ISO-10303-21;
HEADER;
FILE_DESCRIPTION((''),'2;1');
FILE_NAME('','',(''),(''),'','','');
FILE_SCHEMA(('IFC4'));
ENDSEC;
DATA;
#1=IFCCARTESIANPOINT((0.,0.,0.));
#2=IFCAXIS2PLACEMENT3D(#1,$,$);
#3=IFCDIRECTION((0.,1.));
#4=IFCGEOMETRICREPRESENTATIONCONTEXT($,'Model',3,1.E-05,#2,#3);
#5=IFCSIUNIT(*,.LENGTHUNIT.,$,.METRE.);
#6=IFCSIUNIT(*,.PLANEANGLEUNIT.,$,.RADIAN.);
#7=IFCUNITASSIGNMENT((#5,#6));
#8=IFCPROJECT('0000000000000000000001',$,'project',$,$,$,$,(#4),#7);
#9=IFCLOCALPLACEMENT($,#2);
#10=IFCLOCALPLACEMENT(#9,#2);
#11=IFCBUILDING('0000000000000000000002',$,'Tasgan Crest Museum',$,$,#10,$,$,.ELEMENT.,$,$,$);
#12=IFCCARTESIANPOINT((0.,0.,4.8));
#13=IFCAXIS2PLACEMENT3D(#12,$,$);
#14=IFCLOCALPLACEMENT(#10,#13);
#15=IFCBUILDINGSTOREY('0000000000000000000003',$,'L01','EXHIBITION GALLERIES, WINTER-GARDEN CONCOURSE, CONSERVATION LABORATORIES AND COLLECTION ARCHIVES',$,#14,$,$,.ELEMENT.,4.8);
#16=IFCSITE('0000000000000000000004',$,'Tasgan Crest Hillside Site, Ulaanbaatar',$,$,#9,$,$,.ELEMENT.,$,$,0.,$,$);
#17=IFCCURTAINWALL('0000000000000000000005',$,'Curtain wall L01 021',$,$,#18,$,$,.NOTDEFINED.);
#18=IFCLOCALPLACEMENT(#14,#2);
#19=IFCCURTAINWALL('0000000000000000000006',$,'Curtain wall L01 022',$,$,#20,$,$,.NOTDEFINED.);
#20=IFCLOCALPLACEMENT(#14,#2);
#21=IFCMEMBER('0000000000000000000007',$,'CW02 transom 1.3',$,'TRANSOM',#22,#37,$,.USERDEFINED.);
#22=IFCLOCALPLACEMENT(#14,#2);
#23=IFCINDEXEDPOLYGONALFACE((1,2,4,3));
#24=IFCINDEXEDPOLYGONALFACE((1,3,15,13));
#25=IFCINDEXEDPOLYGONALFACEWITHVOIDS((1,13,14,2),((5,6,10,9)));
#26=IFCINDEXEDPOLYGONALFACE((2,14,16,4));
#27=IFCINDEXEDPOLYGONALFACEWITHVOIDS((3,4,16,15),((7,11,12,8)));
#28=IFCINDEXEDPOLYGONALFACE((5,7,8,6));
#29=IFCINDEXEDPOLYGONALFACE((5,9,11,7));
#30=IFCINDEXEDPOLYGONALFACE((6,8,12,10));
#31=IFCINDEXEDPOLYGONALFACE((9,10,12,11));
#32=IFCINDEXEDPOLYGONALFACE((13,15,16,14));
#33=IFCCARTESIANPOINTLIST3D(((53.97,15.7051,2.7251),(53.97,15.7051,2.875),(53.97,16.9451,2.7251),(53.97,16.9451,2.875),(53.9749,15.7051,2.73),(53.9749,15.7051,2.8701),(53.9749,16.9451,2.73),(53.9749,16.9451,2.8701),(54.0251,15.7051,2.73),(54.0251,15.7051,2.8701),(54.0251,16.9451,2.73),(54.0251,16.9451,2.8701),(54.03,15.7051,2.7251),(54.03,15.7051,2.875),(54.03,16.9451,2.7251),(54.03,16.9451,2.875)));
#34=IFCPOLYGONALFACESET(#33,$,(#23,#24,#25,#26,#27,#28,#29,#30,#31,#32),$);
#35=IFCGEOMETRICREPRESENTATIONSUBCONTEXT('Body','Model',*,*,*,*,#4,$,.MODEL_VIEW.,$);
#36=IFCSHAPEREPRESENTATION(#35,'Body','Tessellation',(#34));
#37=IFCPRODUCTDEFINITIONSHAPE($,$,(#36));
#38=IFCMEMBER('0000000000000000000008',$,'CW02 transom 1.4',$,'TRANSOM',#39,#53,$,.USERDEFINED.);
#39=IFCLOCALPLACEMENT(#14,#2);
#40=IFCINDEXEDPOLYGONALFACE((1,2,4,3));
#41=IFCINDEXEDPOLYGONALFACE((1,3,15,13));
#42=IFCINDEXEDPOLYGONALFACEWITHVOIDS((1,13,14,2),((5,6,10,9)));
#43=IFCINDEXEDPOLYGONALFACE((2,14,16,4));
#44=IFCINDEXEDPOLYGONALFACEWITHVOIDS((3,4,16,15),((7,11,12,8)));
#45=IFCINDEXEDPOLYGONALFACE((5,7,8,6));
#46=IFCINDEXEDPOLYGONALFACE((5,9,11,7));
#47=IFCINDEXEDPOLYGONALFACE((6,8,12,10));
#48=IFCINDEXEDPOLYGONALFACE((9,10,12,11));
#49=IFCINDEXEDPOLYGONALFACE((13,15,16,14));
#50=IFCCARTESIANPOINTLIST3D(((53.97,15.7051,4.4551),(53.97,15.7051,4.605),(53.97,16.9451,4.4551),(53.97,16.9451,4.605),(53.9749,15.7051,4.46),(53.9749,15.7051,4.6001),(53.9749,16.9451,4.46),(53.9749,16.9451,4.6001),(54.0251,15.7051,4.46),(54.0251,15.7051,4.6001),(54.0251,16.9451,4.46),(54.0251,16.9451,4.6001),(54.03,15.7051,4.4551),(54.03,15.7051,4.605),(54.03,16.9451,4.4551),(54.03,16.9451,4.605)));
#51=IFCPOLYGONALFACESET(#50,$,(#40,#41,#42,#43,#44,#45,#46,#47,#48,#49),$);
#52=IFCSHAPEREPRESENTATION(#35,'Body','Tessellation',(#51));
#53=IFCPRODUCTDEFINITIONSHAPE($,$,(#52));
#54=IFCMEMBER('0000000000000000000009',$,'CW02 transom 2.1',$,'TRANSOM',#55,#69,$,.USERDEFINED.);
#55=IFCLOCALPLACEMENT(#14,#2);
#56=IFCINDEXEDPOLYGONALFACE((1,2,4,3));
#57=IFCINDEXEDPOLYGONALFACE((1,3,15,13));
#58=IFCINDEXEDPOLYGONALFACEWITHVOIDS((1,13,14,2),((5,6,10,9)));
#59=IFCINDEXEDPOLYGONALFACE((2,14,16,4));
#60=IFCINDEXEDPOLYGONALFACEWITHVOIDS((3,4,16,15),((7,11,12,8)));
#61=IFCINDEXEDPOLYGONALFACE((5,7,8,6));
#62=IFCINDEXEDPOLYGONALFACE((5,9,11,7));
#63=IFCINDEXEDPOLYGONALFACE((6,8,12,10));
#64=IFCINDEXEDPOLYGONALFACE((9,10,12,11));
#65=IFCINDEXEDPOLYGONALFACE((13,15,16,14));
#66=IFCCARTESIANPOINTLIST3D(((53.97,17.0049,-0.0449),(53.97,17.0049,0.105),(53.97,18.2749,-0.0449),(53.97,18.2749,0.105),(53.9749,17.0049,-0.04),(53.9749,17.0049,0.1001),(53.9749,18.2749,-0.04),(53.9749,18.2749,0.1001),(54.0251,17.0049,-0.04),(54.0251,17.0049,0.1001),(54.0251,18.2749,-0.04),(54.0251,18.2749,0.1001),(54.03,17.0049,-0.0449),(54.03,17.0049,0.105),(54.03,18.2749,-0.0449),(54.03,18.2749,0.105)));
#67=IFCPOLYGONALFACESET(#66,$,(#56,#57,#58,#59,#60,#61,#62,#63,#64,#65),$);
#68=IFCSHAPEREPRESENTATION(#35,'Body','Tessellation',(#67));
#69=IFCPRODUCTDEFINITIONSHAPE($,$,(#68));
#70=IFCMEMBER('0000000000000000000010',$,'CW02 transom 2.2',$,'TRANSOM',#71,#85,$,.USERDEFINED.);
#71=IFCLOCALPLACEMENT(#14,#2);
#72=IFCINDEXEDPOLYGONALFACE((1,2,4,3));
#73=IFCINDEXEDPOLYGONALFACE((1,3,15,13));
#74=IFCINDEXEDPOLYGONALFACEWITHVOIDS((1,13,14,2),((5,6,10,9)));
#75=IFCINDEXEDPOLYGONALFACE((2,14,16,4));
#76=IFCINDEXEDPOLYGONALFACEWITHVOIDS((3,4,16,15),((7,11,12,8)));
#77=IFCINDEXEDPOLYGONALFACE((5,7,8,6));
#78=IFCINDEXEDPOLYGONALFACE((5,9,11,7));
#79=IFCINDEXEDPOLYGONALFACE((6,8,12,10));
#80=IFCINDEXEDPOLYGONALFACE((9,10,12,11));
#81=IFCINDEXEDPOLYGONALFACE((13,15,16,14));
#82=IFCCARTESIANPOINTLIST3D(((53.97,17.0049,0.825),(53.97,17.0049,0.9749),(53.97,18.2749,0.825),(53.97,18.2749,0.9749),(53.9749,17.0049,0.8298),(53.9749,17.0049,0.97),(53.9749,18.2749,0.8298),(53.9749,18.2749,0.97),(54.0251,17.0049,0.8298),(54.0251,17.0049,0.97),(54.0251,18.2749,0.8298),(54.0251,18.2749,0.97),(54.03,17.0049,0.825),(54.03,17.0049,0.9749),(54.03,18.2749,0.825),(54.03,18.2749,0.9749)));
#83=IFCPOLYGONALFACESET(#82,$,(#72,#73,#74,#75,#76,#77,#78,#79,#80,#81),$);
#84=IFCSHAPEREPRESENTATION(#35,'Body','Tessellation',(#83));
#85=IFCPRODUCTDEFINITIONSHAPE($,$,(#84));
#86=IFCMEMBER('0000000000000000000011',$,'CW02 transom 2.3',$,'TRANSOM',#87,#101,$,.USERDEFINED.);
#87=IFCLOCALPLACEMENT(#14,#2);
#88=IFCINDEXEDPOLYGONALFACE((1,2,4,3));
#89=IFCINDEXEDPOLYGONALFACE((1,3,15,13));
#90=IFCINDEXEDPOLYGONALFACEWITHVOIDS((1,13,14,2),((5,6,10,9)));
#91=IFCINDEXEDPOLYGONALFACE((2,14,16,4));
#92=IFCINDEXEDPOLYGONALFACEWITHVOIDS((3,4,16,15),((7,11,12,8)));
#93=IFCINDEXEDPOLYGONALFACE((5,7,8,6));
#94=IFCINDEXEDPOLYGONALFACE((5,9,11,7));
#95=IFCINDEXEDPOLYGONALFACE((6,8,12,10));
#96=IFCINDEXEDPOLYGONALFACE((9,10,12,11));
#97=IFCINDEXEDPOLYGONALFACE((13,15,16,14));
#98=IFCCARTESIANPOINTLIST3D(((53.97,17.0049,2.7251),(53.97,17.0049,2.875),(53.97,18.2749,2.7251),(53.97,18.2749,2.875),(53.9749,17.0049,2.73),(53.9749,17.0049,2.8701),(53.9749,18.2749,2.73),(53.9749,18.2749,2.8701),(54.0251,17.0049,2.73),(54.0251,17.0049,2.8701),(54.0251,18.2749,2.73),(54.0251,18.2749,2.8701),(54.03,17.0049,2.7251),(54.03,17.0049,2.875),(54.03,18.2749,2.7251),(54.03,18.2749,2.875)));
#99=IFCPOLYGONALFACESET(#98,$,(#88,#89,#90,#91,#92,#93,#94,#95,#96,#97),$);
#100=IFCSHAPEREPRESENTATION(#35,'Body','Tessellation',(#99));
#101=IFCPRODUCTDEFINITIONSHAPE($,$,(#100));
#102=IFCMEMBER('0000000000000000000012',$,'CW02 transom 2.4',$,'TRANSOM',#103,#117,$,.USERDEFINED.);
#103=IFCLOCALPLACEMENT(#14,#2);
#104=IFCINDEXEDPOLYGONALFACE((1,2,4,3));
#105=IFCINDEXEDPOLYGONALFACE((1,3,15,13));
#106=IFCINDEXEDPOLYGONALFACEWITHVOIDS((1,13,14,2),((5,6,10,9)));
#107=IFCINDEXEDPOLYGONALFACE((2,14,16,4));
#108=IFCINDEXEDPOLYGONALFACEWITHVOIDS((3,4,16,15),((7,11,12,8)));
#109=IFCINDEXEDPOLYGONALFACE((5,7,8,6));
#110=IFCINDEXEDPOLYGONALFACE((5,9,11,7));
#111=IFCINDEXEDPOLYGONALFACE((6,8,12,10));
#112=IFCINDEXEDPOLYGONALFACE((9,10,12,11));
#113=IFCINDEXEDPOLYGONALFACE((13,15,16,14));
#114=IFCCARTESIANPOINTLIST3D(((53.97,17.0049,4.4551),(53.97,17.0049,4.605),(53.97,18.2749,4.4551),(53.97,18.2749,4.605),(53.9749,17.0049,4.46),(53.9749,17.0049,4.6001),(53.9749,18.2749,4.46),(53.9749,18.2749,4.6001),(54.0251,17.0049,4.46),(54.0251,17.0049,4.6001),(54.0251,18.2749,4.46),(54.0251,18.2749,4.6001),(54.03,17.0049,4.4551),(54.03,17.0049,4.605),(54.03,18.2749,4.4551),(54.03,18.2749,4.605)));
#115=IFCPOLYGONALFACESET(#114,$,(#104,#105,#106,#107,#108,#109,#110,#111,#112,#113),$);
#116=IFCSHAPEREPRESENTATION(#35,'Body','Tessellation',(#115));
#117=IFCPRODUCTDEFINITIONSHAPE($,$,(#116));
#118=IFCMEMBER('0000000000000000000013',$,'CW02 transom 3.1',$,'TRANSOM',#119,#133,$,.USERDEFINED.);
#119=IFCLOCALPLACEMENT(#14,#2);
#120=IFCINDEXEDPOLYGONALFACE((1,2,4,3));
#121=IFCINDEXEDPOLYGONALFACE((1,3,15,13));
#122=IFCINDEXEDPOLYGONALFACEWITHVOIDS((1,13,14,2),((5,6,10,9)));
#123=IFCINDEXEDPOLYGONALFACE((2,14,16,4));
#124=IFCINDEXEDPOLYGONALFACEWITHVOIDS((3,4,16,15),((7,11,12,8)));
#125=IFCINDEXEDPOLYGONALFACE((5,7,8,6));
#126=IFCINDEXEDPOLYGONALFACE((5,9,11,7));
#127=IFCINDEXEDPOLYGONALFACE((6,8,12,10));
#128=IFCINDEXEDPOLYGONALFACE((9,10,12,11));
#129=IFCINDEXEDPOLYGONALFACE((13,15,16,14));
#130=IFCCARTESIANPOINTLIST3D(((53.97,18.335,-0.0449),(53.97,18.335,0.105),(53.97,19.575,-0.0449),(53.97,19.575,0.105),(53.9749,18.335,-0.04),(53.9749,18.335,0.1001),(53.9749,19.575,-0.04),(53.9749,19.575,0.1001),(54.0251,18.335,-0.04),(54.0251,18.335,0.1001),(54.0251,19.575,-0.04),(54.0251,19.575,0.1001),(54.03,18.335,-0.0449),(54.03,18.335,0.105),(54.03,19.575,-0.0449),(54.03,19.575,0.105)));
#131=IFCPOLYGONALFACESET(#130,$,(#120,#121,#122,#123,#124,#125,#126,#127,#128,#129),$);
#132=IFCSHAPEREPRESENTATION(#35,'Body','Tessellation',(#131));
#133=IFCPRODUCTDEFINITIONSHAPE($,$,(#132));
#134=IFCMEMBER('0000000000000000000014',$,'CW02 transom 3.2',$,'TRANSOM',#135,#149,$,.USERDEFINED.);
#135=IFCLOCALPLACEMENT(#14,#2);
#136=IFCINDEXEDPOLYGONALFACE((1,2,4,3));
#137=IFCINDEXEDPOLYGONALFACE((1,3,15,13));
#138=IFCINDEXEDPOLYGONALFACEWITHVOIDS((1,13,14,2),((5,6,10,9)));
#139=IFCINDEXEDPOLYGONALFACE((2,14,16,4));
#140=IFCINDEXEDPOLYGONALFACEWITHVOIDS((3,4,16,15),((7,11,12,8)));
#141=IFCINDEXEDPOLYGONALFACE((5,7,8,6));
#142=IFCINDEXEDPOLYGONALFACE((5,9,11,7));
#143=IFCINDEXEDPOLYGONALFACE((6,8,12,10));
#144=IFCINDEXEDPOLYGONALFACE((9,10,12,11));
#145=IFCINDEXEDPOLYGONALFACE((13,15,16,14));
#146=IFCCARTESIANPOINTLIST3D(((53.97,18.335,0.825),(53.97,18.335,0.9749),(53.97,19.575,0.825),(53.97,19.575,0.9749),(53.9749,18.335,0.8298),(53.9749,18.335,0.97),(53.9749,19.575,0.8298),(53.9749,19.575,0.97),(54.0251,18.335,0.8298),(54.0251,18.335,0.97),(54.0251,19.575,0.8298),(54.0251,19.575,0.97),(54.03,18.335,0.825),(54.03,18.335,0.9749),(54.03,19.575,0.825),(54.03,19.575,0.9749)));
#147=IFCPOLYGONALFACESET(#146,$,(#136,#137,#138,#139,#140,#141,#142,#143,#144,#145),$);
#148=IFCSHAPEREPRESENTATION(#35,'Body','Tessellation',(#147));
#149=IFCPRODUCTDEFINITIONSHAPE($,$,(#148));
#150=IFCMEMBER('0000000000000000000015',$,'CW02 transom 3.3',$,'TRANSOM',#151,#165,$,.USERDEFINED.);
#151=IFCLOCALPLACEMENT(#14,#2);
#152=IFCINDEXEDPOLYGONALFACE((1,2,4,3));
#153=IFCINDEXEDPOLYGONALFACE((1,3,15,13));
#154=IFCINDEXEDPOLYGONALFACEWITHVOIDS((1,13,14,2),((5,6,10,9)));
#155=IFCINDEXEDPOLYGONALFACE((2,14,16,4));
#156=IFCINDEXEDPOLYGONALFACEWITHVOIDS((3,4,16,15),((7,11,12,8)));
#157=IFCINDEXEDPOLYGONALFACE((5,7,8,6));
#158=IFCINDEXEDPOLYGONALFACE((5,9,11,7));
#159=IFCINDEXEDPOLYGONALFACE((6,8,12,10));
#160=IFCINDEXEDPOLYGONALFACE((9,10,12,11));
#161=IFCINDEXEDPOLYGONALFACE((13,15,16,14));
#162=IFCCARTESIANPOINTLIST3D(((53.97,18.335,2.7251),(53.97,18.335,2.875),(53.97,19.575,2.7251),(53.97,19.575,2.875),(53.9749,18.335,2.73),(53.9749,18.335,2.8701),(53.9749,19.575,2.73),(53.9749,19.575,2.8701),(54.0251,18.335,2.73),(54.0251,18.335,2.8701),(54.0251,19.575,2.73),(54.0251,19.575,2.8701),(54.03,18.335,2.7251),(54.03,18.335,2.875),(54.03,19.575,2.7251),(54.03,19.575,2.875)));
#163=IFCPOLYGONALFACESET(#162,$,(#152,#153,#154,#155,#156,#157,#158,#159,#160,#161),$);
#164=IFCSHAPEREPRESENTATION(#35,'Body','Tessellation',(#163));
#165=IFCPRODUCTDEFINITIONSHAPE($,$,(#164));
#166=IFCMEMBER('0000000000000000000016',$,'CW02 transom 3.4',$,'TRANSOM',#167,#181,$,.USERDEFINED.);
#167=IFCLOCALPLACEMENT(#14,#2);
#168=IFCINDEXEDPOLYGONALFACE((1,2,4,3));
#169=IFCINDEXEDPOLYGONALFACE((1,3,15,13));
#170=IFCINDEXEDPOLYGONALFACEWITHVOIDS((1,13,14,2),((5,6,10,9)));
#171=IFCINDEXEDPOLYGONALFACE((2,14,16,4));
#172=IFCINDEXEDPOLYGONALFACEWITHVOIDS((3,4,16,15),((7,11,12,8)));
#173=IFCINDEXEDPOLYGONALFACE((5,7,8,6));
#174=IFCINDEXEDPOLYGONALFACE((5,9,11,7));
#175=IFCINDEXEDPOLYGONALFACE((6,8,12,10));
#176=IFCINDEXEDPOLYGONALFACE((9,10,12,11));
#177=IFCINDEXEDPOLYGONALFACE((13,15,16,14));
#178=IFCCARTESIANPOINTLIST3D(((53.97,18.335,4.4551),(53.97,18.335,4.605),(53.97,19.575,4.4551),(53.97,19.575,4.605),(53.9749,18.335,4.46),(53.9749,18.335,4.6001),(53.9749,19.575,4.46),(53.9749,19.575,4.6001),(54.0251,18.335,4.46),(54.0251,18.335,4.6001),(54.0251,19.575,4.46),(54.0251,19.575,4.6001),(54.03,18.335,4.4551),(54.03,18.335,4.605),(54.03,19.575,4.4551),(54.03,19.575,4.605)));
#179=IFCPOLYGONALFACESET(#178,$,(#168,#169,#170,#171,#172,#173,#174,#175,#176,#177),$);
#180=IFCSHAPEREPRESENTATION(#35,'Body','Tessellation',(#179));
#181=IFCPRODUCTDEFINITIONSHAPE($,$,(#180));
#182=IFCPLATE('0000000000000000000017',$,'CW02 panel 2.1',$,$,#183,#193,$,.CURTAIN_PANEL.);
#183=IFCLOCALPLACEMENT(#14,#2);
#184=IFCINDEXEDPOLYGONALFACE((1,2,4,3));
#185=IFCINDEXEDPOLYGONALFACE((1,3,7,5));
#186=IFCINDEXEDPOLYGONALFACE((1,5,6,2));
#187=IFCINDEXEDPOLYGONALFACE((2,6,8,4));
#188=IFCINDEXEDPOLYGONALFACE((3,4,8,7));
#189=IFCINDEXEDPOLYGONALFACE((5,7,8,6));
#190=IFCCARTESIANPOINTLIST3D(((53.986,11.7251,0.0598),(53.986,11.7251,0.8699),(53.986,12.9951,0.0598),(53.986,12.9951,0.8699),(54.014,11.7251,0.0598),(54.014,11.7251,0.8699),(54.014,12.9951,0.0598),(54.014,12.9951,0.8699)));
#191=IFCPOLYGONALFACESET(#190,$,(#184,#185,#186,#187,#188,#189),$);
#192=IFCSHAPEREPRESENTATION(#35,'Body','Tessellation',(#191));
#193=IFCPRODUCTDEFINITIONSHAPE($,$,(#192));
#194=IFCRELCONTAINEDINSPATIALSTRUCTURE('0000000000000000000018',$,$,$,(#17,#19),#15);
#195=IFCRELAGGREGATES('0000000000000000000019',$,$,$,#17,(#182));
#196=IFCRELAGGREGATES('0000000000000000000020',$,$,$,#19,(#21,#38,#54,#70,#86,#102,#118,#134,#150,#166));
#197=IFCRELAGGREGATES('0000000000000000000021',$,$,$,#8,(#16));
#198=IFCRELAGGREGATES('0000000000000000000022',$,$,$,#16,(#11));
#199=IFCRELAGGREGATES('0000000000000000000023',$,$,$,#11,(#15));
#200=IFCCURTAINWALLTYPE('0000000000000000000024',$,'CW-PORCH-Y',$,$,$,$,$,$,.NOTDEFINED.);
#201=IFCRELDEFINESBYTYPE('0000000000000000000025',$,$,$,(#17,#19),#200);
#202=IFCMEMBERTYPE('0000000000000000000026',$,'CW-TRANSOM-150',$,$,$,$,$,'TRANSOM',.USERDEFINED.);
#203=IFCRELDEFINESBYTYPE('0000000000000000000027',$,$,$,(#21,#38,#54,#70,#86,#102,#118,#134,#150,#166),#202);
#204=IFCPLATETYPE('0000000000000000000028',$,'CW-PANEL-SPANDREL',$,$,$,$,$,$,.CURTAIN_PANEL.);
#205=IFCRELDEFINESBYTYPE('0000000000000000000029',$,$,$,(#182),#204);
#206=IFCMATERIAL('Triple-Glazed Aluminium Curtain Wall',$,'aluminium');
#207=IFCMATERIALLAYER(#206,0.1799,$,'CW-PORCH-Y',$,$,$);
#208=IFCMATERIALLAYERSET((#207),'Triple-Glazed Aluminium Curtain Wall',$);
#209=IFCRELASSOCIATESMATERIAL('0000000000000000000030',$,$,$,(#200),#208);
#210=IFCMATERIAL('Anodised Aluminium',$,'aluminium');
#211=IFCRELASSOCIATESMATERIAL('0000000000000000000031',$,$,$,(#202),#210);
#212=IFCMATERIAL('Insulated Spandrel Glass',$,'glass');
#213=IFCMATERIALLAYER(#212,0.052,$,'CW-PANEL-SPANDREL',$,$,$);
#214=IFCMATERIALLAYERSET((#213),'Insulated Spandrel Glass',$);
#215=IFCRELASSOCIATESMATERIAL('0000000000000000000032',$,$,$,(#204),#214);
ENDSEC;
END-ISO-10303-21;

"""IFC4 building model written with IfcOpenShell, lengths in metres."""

from ifc_helpers import new_model, si_unit, direction, frame, origin, origin_2d, place, context, subcontext, project, spatial, rectangle, hollow_rectangle, extrude, material, layer, layer_set, material_profile, profile_set, type_object, element, aggregate, save


model = new_model("IFC4")

# Units and contexts
model_context = context("Model", 3, precision=1e-05, world=origin(), true_north=direction((0.0, 1.0)))
body_context = subcontext(model_context, "Body", "Model", "MODEL_VIEW")
ifc_project = project(units=[si_unit("LENGTHUNIT", "METRE"), si_unit("PLANEANGLEUNIT", "RADIAN")], contexts=[model_context])

# Site, building, storey
site_placement = place(None, origin())
site = spatial("IfcSite", under=ifc_project, at=site_placement, Name="Tasgan Crest Hillside Site, Ulaanbaatar", CompositionType="ELEMENT", RefElevation=0.0)
building_placement = place(site_placement, origin())
building = spatial("IfcBuilding", under=site, at=building_placement, Name="Tasgan Crest Museum", CompositionType="ELEMENT")
storey_placement = place(building_placement, frame((0.0, 0.0, 4.8)))
storey = spatial("IfcBuildingStorey", under=building, at=storey_placement, Name="L01", Description="EXHIBITION GALLERIES, WINTER-GARDEN CONCOURSE, CONSERVATION LABORATORIES AND COLLECTION ARCHIVES", CompositionType="ELEMENT", Elevation=4.8)

# Curtain walls
ifc_material_1 = material(Name="Triple-Glazed Aluminium Curtain Wall", Category="aluminium")
ifc_layer_1 = layer(ifc_material_1, 0.1799, Name="CW-PORCH-Y")
ifc_layer_set_1 = layer_set([ifc_layer_1], Name="Triple-Glazed Aluminium Curtain Wall")
curtain_wall_type = type_object("IfcCurtainWallType", Name="CW-PORCH-Y", PredefinedType="NOTDEFINED", material=ifc_layer_set_1)
curtain_wall_1_placement = place(storey_placement, origin())
curtain_wall_1 = element("IfcCurtainWall", 1, at=curtain_wall_1_placement, inside=storey, type_object=curtain_wall_type, Name="Curtain wall L01 021", PredefinedType="NOTDEFINED")
curtain_wall_2_placement = place(storey_placement, origin())
curtain_wall_2 = element("IfcCurtainWall", 2, at=curtain_wall_2_placement, inside=storey, type_object=curtain_wall_type, Name="Curtain wall L01 022", PredefinedType="NOTDEFINED")

# Members
ifc_material_2 = material(Name="Anodised Aluminium", Category="aluminium")
ifc_material_profile_1 = material_profile(ifc_material_2, hollow_rectangle(XDim=0.0601, YDim=0.1499, WallThickness=0.0049, at=origin_2d()), Name="ALU TRANSOM 150x60x5")
ifc_profile_set_1 = profile_set([ifc_material_profile_1], Name="Anodised Aluminium")
member_type_1 = type_object("IfcMemberType", Name="CW-TRANSOM-150", ElementType="TRANSOM", PredefinedType="USERDEFINED", material=ifc_profile_set_1)
member_1_placement = place(storey_placement, frame((54.0, 15.7051, 2.8), z_axis=(0.0, 1.0, 0.0), x_axis=(-1.0, 0.0, 0.0)))
member_1 = element("IfcMember", 3, at=member_1_placement, type_object=member_type_1, Name="CW02 transom 1.3", ObjectType="TRANSOM", PredefinedType="USERDEFINED", context=body_context, shape_type="SweptSolid", body=[
    extrude(hollow_rectangle(XDim=0.0601, YDim=0.1499, WallThickness=0.0049, at=origin_2d()), origin(), (0.0, 0.0, 1.0), 1.24),
])
member_2_placement = place(storey_placement, frame((54.0, 15.7051, 4.53), z_axis=(0.0, 1.0, 0.0), x_axis=(-1.0, 0.0, 0.0)))
member_2 = element("IfcMember", 4, at=member_2_placement, type_object=member_type_1, Name="CW02 transom 1.4", ObjectType="TRANSOM", PredefinedType="USERDEFINED", context=body_context, shape_type="SweptSolid", body=[
    extrude(hollow_rectangle(XDim=0.0601, YDim=0.1499, WallThickness=0.0049, at=origin_2d()), origin(), (0.0, 0.0, 1.0), 1.24),
])
member_3_placement = place(storey_placement, frame((54.0, 17.0049, 0.03), z_axis=(0.0, 1.0, 0.0), x_axis=(-1.0, 0.0, 0.0)))
member_3 = element("IfcMember", 5, at=member_3_placement, type_object=member_type_1, Name="CW02 transom 2.1", ObjectType="TRANSOM", PredefinedType="USERDEFINED", context=body_context, shape_type="SweptSolid", body=[
    extrude(hollow_rectangle(XDim=0.0601, YDim=0.1499, WallThickness=0.0049, at=origin_2d()), origin(), (0.0, 0.0, 1.0), 1.27),
])
member_4_placement = place(storey_placement, frame((54.0, 17.0049, 0.8999), z_axis=(0.0, 1.0, 0.0), x_axis=(-1.0, 0.0, 0.0)))
member_4 = element("IfcMember", 6, at=member_4_placement, type_object=member_type_1, Name="CW02 transom 2.2", ObjectType="TRANSOM", PredefinedType="USERDEFINED", context=body_context, shape_type="SweptSolid", body=[
    extrude(hollow_rectangle(XDim=0.0601, YDim=0.1499, WallThickness=0.0049, at=origin_2d()), origin(), (0.0, 0.0, 1.0), 1.27),
])
member_5_placement = place(storey_placement, frame((54.0, 17.0049, 2.8), z_axis=(0.0, 1.0, 0.0), x_axis=(-1.0, 0.0, 0.0)))
member_5 = element("IfcMember", 7, at=member_5_placement, type_object=member_type_1, Name="CW02 transom 2.3", ObjectType="TRANSOM", PredefinedType="USERDEFINED", context=body_context, shape_type="SweptSolid", body=[
    extrude(hollow_rectangle(XDim=0.0601, YDim=0.1499, WallThickness=0.0049, at=origin_2d()), origin(), (0.0, 0.0, 1.0), 1.27),
])
member_6_placement = place(storey_placement, frame((54.0, 17.0049, 4.53), z_axis=(0.0, 1.0, 0.0), x_axis=(-1.0, 0.0, 0.0)))
member_6 = element("IfcMember", 8, at=member_6_placement, type_object=member_type_1, Name="CW02 transom 2.4", ObjectType="TRANSOM", PredefinedType="USERDEFINED", context=body_context, shape_type="SweptSolid", body=[
    extrude(hollow_rectangle(XDim=0.0601, YDim=0.1499, WallThickness=0.0049, at=origin_2d()), origin(), (0.0, 0.0, 1.0), 1.27),
])
member_7_placement = place(storey_placement, frame((54.0, 18.335, 0.03), z_axis=(0.0, 1.0, 0.0), x_axis=(-1.0, 0.0, 0.0)))
member_7 = element("IfcMember", 9, at=member_7_placement, type_object=member_type_1, Name="CW02 transom 3.1", ObjectType="TRANSOM", PredefinedType="USERDEFINED", context=body_context, shape_type="SweptSolid", body=[
    extrude(hollow_rectangle(XDim=0.0601, YDim=0.1499, WallThickness=0.0049, at=origin_2d()), origin(), (0.0, 0.0, 1.0), 1.24),
])
member_8_placement = place(storey_placement, frame((54.0, 18.335, 0.8999), z_axis=(0.0, 1.0, 0.0), x_axis=(-1.0, 0.0, 0.0)))
member_8 = element("IfcMember", 10, at=member_8_placement, type_object=member_type_1, Name="CW02 transom 3.2", ObjectType="TRANSOM", PredefinedType="USERDEFINED", context=body_context, shape_type="SweptSolid", body=[
    extrude(hollow_rectangle(XDim=0.0601, YDim=0.1499, WallThickness=0.0049, at=origin_2d()), origin(), (0.0, 0.0, 1.0), 1.24),
])
member_9_placement = place(storey_placement, frame((54.0, 18.335, 2.8), z_axis=(0.0, 1.0, 0.0), x_axis=(-1.0, 0.0, 0.0)))
member_9 = element("IfcMember", 11, at=member_9_placement, type_object=member_type_1, Name="CW02 transom 3.3", ObjectType="TRANSOM", PredefinedType="USERDEFINED", context=body_context, shape_type="SweptSolid", body=[
    extrude(hollow_rectangle(XDim=0.0601, YDim=0.1499, WallThickness=0.0049, at=origin_2d()), origin(), (0.0, 0.0, 1.0), 1.24),
])
member_10_placement = place(storey_placement, frame((54.0, 18.335, 4.53), z_axis=(0.0, 1.0, 0.0), x_axis=(-1.0, 0.0, 0.0)))
member_10 = element("IfcMember", 12, at=member_10_placement, type_object=member_type_1, Name="CW02 transom 3.4", ObjectType="TRANSOM", PredefinedType="USERDEFINED", context=body_context, shape_type="SweptSolid", body=[
    extrude(hollow_rectangle(XDim=0.0601, YDim=0.1499, WallThickness=0.0049, at=origin_2d()), origin(), (0.0, 0.0, 1.0), 1.24),
])

# Plate
ifc_material_3 = material(Name="Insulated Spandrel Glass", Category="glass")
ifc_layer_2 = layer(ifc_material_3, 0.052, Name="CW-PANEL-SPANDREL")
ifc_layer_set_2 = layer_set([ifc_layer_2], Name="Insulated Spandrel Glass")
plate_type_1 = type_object("IfcPlateType", Name="CW-PANEL-SPANDREL", PredefinedType="CURTAIN_PANEL", material=ifc_layer_set_2)
plate_1_placement = place(storey_placement, frame((54.0, 12.3601, 0.0598), z_axis=(0.0, 0.0, 1.0), x_axis=(0.0, 1.0, 0.0)))
plate_1 = element("IfcPlate", 13, at=plate_1_placement, type_object=plate_type_1, Name="CW02 panel 2.1", PredefinedType="CURTAIN_PANEL", context=body_context, shape_type="SweptSolid", body=[
    extrude(rectangle(XDim=1.27, YDim=0.0281, at=origin_2d()), origin(), (0.0, 0.0, 1.0), 0.8101),
])
aggregate(curtain_wall_1, [plate_1])
aggregate(curtain_wall_2, [member_1, member_2, member_3, member_4, member_5, member_6, member_7, member_8, member_9, member_10])

save(model, "model.ifc")
